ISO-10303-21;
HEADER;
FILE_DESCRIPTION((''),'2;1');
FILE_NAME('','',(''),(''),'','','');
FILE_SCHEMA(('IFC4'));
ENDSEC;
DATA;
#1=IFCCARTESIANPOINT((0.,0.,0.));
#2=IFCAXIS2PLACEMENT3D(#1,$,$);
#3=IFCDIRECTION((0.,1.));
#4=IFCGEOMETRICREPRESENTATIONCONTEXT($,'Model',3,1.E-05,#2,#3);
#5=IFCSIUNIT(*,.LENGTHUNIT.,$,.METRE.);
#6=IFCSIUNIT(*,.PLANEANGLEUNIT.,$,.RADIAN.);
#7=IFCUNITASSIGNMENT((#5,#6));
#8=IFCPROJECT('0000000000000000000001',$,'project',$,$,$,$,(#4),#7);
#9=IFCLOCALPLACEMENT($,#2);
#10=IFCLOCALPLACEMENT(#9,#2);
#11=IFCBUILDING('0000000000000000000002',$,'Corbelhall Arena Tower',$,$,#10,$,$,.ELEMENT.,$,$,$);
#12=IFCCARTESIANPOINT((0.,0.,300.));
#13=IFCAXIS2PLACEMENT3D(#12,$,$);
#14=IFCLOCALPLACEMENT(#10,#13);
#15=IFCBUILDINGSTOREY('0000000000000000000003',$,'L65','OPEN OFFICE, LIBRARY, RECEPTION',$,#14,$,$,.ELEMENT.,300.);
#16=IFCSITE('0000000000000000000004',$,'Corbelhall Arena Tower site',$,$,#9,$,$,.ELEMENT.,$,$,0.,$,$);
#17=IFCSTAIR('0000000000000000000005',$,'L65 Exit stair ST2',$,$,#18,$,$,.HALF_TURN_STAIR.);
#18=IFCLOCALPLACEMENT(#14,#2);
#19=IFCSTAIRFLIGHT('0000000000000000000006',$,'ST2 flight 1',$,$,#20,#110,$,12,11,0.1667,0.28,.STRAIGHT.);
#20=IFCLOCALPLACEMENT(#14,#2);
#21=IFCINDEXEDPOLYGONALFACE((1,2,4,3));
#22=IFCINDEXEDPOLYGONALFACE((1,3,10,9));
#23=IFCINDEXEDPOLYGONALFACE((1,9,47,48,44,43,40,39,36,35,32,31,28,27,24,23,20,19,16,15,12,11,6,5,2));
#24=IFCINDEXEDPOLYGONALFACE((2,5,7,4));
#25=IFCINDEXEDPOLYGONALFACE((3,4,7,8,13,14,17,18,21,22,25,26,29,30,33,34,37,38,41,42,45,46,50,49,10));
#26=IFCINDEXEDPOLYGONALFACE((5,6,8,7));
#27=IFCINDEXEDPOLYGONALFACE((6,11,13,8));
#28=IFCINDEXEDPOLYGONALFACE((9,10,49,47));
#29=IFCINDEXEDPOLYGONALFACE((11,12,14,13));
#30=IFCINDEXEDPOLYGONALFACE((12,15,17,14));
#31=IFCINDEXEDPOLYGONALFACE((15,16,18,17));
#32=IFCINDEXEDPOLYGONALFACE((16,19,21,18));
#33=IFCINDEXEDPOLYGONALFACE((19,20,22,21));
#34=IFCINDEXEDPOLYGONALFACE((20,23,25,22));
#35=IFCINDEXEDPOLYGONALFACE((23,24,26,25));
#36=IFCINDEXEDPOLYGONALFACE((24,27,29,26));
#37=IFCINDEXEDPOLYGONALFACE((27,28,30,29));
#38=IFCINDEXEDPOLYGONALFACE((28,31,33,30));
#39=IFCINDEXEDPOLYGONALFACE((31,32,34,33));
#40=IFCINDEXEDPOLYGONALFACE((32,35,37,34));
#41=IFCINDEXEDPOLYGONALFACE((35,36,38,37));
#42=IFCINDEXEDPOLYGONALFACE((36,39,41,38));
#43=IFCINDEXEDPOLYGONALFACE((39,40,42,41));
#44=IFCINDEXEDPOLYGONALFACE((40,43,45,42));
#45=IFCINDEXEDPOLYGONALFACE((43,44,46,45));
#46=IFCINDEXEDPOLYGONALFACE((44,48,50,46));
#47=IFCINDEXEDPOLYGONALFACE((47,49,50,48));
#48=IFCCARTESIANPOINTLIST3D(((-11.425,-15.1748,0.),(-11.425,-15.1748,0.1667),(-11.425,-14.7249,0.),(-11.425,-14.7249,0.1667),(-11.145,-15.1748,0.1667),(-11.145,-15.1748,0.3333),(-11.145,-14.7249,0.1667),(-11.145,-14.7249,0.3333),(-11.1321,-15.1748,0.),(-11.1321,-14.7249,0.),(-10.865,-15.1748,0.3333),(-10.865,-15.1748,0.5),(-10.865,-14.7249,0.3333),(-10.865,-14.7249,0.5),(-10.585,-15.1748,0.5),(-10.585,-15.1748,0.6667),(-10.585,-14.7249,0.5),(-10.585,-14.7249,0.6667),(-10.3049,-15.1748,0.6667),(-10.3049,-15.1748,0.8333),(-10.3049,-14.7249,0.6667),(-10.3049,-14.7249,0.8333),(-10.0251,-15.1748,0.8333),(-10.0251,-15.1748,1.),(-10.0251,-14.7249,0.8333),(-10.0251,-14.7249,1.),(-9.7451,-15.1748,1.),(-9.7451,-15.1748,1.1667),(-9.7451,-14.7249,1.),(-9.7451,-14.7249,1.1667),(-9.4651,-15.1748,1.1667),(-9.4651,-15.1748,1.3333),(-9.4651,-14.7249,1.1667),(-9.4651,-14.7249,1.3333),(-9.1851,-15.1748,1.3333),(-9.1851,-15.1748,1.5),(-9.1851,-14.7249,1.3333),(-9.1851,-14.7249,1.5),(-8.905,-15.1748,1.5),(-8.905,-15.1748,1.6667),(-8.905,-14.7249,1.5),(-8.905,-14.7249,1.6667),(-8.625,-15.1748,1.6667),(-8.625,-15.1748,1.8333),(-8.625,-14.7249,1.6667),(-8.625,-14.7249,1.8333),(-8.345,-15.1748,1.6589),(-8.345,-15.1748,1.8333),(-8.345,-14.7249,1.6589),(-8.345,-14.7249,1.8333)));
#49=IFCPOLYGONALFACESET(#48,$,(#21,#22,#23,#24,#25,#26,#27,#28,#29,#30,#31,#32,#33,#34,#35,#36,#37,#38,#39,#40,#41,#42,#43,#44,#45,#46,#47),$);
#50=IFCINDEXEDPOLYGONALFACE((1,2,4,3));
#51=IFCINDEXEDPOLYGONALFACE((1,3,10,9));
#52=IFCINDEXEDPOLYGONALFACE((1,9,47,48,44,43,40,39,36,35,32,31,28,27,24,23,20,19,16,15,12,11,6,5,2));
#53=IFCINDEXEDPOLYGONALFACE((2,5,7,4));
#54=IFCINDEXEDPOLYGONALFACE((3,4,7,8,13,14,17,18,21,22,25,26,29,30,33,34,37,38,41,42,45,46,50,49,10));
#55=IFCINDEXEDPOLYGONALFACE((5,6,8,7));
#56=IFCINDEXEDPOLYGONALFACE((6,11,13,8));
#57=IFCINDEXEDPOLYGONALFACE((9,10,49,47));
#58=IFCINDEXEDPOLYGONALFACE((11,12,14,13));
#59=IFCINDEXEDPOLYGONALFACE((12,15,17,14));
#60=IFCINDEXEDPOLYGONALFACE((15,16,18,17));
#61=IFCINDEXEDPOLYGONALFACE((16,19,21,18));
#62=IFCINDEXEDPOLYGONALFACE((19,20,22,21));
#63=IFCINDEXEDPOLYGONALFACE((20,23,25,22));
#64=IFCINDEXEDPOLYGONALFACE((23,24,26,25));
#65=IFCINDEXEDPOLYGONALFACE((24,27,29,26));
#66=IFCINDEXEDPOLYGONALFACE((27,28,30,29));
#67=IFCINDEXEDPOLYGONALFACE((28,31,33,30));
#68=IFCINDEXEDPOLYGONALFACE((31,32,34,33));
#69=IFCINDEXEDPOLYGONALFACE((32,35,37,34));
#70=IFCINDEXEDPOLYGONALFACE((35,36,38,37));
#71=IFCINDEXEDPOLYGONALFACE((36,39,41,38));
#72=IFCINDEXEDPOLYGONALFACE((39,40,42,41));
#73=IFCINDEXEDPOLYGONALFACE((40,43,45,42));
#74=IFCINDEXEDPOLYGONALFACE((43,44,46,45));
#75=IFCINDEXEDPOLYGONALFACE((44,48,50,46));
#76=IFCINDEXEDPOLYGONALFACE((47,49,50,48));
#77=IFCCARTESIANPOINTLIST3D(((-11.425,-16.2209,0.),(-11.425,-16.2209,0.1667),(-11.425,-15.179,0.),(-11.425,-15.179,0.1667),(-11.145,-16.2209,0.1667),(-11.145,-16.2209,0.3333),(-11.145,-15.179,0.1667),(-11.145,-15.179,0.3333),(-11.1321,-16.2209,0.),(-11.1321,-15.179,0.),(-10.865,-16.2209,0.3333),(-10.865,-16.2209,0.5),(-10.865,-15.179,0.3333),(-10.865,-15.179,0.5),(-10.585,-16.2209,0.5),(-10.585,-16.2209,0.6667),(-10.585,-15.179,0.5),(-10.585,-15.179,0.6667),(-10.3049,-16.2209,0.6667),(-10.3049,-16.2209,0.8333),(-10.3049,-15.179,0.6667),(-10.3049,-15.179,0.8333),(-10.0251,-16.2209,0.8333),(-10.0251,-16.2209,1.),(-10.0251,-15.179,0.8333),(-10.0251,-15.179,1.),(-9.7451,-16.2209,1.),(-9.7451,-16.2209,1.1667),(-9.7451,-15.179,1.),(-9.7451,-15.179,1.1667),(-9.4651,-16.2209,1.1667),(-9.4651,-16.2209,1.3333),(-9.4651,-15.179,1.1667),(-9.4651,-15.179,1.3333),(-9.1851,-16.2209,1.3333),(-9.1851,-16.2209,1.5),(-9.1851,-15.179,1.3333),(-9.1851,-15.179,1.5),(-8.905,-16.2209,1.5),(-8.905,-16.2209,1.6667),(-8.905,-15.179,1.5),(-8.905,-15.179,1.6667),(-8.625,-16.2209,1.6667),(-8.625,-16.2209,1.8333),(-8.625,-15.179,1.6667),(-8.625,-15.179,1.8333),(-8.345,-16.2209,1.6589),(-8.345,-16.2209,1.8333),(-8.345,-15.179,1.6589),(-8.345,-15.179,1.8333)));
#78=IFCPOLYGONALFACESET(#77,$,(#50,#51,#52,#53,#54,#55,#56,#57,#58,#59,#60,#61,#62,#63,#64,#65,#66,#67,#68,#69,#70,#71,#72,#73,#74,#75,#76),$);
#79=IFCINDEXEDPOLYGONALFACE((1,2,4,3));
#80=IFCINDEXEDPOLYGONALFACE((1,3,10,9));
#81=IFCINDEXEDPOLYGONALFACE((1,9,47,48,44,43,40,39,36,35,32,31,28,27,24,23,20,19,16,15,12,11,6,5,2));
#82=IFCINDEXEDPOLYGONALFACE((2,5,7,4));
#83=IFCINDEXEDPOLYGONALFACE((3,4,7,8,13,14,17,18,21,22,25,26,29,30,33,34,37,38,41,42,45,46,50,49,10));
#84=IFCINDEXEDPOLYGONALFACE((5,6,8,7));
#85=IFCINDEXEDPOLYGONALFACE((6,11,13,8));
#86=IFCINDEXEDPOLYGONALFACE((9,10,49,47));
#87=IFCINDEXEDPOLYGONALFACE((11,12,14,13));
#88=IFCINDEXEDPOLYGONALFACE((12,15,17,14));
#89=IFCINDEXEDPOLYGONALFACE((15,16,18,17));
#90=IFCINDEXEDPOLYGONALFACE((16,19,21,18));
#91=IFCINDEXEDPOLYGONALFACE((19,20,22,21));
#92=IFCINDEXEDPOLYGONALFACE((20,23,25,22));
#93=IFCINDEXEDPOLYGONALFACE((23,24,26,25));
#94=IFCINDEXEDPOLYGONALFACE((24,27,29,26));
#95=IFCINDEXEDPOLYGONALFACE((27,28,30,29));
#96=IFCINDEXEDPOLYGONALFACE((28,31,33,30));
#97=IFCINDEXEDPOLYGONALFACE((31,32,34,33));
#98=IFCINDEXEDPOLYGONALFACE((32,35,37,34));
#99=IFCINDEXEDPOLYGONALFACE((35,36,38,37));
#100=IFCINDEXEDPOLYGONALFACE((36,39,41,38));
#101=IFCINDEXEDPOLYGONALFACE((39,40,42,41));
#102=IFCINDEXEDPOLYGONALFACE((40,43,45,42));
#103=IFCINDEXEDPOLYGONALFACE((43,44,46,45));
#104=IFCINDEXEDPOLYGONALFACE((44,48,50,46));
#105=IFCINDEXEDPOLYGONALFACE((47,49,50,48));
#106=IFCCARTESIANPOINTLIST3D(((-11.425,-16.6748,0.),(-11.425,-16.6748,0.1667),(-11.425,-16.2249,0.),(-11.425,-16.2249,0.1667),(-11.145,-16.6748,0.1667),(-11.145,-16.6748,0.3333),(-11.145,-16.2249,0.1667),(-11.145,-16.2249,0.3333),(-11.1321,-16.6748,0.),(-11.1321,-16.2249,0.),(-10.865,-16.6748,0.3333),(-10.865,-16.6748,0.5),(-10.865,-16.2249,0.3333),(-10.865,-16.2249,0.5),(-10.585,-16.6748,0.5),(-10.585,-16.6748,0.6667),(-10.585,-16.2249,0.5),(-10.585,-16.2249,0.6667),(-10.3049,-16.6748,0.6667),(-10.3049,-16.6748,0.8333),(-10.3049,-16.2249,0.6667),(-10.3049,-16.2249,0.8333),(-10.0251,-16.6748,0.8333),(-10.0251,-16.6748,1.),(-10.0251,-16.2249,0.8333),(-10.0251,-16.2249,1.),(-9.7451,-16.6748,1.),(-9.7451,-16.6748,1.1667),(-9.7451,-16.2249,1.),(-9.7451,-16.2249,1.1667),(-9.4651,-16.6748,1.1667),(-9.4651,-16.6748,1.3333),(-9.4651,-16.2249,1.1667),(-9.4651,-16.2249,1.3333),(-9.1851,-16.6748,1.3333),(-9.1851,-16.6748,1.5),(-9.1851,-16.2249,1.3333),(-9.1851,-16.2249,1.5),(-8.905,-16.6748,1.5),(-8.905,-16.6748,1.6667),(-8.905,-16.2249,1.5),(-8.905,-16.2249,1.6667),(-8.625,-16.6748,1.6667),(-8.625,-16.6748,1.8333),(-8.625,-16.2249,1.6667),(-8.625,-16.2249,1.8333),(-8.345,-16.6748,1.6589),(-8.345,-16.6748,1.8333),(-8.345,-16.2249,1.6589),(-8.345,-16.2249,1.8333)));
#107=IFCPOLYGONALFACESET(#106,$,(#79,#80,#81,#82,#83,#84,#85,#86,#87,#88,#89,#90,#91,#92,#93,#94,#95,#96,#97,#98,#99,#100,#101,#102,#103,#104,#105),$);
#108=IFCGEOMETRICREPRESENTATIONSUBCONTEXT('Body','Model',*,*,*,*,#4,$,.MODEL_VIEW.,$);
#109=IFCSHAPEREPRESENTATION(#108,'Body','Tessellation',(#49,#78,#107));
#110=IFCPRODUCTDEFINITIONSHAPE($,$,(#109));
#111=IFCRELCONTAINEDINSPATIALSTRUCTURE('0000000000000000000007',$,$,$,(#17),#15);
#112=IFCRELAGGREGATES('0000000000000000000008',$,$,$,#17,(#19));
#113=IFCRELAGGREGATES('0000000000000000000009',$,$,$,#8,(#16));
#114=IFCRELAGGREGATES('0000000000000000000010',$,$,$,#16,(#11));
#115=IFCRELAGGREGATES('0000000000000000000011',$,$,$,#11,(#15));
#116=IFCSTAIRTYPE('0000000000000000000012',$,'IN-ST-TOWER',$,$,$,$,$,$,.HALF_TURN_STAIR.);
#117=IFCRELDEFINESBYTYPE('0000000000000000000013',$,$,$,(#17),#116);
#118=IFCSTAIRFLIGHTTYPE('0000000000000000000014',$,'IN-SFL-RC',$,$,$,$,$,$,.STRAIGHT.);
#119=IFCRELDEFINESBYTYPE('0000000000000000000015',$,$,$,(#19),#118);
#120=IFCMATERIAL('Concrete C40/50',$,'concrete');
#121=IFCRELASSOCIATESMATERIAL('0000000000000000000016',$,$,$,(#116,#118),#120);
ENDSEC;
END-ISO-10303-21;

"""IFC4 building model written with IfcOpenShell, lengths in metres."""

from ifc_helpers import new_model, si_unit, direction, frame, origin, place, context, subcontext, project, spatial, polyline, outline, extrude, material, type_object, element, aggregate, save


model = new_model("IFC4")

# Units and contexts
model_context = context("Model", 3, precision=1e-05, world=origin(), true_north=direction((0.0, 1.0)))
body_context = subcontext(model_context, "Body", "Model", "MODEL_VIEW")
ifc_project = project(units=[si_unit("LENGTHUNIT", "METRE"), si_unit("PLANEANGLEUNIT", "RADIAN")], contexts=[model_context])

# Site, building, storey
site_placement = place(None, origin())
site = spatial("IfcSite", under=ifc_project, at=site_placement, Name="Corbelhall Arena Tower site", CompositionType="ELEMENT", RefElevation=0.0)
building_placement = place(site_placement, origin())
building = spatial("IfcBuilding", under=site, at=building_placement, Name="Corbelhall Arena Tower", CompositionType="ELEMENT")
storey_placement = place(building_placement, frame((0.0, 0.0, 300.0)))
storey = spatial("IfcBuildingStorey", under=building, at=storey_placement, Name="L65", Description="OPEN OFFICE, LIBRARY, RECEPTION", CompositionType="ELEMENT", Elevation=300.0)

# Shared definitions
ifc_material_1 = material(Name="Concrete C40/50", Category="concrete")

# Stair, stair flight
stair_type = type_object("IfcStairType", Name="IN-ST-TOWER", PredefinedType="HALF_TURN_STAIR", material=ifc_material_1)
stair_placement = place(storey_placement, origin())
stair = element("IfcStair", 1, at=stair_placement, inside=storey, type_object=stair_type, Name="L65 Exit stair ST2", PredefinedType="HALF_TURN_STAIR")
stair_flight_type = type_object("IfcStairFlightType", Name="IN-SFL-RC", PredefinedType="STRAIGHT", material=ifc_material_1)
stair_flight_1_placement = place(storey_placement, frame((-11.425, -15.7, 0.0), z_axis=(0.0, 0.0, 1.0), x_axis=(1.0, 0.0, 0.0)))
stair_flight_1 = element("IfcStairFlight", 2, at=stair_flight_1_placement, type_object=stair_flight_type, Name="ST2 flight 1", NumberOfRisers=12, NumberOfTreads=11, PredefinedType="STRAIGHT", RiserHeight=0.1667, TreadLength=0.28, context=body_context, shape_type="SweptSolid", body=[
    extrude(outline(polyline([(0.0, 0.0), (0.0, 0.1667), (0.28, 0.1667), (0.28, 0.3333), (0.5601, 0.3333), (0.5601, 0.5), (0.8401, 0.5), (0.8401, 0.6667), (1.1201, 0.6667), (1.1201, 0.8333), (1.3999, 0.8333), (1.3999, 1.0), (1.6799, 1.0), (1.6799, 1.1667), (1.96, 1.1667), (1.96, 1.3333), (2.24, 1.3333), (2.24, 1.5), (2.52, 1.5), (2.52, 1.6667), (2.8, 1.6667), (2.8, 1.8333), (3.0801, 1.8333), (3.0801, 2.0), (3.0801, 1.6589), (0.293, 0.0), (0.0, 0.0)])), frame((0.0, 0.9751, 0.0), z_axis=(0.0, -1.0, 0.0), x_axis=(1.0, 0.0, 0.0)), (0.0, 0.0, 1.0), 0.45),
    extrude(outline(polyline([(0.0, 0.0), (0.0, 0.1667), (0.28, 0.1667), (0.28, 0.3333), (0.5601, 0.3333), (0.5601, 0.5), (0.8401, 0.5), (0.8401, 0.6667), (1.1201, 0.6667), (1.1201, 0.8333), (1.3999, 0.8333), (1.3999, 1.0), (1.6799, 1.0), (1.6799, 1.1667), (1.96, 1.1667), (1.96, 1.3333), (2.24, 1.3333), (2.24, 1.5), (2.52, 1.5), (2.52, 1.6667), (2.8, 1.6667), (2.8, 1.8333), (3.0801, 1.8333), (3.0801, 2.0), (3.0801, 1.6589), (0.293, 0.0), (0.0, 0.0)])), frame((0.0, 0.521, 0.0), z_axis=(0.0, -1.0, 0.0), x_axis=(1.0, 0.0, 0.0)), (0.0, 0.0, 1.0), 1.042),
    extrude(outline(polyline([(0.0, 0.0), (0.0, 0.1667), (0.28, 0.1667), (0.28, 0.3333), (0.5601, 0.3333), (0.5601, 0.5), (0.8401, 0.5), (0.8401, 0.6667), (1.1201, 0.6667), (1.1201, 0.8333), (1.3999, 0.8333), (1.3999, 1.0), (1.6799, 1.0), (1.6799, 1.1667), (1.96, 1.1667), (1.96, 1.3333), (2.24, 1.3333), (2.24, 1.5), (2.52, 1.5), (2.52, 1.6667), (2.8, 1.6667), (2.8, 1.8333), (3.0801, 1.8333), (3.0801, 2.0), (3.0801, 1.6589), (0.293, 0.0), (0.0, 0.0)])), frame((0.0, -0.5249, 0.0), z_axis=(0.0, -1.0, 0.0), x_axis=(1.0, 0.0, 0.0)), (0.0, 0.0, 1.0), 0.45),
])
aggregate(stair, [stair_flight_1])

save(model, "model.ifc")
